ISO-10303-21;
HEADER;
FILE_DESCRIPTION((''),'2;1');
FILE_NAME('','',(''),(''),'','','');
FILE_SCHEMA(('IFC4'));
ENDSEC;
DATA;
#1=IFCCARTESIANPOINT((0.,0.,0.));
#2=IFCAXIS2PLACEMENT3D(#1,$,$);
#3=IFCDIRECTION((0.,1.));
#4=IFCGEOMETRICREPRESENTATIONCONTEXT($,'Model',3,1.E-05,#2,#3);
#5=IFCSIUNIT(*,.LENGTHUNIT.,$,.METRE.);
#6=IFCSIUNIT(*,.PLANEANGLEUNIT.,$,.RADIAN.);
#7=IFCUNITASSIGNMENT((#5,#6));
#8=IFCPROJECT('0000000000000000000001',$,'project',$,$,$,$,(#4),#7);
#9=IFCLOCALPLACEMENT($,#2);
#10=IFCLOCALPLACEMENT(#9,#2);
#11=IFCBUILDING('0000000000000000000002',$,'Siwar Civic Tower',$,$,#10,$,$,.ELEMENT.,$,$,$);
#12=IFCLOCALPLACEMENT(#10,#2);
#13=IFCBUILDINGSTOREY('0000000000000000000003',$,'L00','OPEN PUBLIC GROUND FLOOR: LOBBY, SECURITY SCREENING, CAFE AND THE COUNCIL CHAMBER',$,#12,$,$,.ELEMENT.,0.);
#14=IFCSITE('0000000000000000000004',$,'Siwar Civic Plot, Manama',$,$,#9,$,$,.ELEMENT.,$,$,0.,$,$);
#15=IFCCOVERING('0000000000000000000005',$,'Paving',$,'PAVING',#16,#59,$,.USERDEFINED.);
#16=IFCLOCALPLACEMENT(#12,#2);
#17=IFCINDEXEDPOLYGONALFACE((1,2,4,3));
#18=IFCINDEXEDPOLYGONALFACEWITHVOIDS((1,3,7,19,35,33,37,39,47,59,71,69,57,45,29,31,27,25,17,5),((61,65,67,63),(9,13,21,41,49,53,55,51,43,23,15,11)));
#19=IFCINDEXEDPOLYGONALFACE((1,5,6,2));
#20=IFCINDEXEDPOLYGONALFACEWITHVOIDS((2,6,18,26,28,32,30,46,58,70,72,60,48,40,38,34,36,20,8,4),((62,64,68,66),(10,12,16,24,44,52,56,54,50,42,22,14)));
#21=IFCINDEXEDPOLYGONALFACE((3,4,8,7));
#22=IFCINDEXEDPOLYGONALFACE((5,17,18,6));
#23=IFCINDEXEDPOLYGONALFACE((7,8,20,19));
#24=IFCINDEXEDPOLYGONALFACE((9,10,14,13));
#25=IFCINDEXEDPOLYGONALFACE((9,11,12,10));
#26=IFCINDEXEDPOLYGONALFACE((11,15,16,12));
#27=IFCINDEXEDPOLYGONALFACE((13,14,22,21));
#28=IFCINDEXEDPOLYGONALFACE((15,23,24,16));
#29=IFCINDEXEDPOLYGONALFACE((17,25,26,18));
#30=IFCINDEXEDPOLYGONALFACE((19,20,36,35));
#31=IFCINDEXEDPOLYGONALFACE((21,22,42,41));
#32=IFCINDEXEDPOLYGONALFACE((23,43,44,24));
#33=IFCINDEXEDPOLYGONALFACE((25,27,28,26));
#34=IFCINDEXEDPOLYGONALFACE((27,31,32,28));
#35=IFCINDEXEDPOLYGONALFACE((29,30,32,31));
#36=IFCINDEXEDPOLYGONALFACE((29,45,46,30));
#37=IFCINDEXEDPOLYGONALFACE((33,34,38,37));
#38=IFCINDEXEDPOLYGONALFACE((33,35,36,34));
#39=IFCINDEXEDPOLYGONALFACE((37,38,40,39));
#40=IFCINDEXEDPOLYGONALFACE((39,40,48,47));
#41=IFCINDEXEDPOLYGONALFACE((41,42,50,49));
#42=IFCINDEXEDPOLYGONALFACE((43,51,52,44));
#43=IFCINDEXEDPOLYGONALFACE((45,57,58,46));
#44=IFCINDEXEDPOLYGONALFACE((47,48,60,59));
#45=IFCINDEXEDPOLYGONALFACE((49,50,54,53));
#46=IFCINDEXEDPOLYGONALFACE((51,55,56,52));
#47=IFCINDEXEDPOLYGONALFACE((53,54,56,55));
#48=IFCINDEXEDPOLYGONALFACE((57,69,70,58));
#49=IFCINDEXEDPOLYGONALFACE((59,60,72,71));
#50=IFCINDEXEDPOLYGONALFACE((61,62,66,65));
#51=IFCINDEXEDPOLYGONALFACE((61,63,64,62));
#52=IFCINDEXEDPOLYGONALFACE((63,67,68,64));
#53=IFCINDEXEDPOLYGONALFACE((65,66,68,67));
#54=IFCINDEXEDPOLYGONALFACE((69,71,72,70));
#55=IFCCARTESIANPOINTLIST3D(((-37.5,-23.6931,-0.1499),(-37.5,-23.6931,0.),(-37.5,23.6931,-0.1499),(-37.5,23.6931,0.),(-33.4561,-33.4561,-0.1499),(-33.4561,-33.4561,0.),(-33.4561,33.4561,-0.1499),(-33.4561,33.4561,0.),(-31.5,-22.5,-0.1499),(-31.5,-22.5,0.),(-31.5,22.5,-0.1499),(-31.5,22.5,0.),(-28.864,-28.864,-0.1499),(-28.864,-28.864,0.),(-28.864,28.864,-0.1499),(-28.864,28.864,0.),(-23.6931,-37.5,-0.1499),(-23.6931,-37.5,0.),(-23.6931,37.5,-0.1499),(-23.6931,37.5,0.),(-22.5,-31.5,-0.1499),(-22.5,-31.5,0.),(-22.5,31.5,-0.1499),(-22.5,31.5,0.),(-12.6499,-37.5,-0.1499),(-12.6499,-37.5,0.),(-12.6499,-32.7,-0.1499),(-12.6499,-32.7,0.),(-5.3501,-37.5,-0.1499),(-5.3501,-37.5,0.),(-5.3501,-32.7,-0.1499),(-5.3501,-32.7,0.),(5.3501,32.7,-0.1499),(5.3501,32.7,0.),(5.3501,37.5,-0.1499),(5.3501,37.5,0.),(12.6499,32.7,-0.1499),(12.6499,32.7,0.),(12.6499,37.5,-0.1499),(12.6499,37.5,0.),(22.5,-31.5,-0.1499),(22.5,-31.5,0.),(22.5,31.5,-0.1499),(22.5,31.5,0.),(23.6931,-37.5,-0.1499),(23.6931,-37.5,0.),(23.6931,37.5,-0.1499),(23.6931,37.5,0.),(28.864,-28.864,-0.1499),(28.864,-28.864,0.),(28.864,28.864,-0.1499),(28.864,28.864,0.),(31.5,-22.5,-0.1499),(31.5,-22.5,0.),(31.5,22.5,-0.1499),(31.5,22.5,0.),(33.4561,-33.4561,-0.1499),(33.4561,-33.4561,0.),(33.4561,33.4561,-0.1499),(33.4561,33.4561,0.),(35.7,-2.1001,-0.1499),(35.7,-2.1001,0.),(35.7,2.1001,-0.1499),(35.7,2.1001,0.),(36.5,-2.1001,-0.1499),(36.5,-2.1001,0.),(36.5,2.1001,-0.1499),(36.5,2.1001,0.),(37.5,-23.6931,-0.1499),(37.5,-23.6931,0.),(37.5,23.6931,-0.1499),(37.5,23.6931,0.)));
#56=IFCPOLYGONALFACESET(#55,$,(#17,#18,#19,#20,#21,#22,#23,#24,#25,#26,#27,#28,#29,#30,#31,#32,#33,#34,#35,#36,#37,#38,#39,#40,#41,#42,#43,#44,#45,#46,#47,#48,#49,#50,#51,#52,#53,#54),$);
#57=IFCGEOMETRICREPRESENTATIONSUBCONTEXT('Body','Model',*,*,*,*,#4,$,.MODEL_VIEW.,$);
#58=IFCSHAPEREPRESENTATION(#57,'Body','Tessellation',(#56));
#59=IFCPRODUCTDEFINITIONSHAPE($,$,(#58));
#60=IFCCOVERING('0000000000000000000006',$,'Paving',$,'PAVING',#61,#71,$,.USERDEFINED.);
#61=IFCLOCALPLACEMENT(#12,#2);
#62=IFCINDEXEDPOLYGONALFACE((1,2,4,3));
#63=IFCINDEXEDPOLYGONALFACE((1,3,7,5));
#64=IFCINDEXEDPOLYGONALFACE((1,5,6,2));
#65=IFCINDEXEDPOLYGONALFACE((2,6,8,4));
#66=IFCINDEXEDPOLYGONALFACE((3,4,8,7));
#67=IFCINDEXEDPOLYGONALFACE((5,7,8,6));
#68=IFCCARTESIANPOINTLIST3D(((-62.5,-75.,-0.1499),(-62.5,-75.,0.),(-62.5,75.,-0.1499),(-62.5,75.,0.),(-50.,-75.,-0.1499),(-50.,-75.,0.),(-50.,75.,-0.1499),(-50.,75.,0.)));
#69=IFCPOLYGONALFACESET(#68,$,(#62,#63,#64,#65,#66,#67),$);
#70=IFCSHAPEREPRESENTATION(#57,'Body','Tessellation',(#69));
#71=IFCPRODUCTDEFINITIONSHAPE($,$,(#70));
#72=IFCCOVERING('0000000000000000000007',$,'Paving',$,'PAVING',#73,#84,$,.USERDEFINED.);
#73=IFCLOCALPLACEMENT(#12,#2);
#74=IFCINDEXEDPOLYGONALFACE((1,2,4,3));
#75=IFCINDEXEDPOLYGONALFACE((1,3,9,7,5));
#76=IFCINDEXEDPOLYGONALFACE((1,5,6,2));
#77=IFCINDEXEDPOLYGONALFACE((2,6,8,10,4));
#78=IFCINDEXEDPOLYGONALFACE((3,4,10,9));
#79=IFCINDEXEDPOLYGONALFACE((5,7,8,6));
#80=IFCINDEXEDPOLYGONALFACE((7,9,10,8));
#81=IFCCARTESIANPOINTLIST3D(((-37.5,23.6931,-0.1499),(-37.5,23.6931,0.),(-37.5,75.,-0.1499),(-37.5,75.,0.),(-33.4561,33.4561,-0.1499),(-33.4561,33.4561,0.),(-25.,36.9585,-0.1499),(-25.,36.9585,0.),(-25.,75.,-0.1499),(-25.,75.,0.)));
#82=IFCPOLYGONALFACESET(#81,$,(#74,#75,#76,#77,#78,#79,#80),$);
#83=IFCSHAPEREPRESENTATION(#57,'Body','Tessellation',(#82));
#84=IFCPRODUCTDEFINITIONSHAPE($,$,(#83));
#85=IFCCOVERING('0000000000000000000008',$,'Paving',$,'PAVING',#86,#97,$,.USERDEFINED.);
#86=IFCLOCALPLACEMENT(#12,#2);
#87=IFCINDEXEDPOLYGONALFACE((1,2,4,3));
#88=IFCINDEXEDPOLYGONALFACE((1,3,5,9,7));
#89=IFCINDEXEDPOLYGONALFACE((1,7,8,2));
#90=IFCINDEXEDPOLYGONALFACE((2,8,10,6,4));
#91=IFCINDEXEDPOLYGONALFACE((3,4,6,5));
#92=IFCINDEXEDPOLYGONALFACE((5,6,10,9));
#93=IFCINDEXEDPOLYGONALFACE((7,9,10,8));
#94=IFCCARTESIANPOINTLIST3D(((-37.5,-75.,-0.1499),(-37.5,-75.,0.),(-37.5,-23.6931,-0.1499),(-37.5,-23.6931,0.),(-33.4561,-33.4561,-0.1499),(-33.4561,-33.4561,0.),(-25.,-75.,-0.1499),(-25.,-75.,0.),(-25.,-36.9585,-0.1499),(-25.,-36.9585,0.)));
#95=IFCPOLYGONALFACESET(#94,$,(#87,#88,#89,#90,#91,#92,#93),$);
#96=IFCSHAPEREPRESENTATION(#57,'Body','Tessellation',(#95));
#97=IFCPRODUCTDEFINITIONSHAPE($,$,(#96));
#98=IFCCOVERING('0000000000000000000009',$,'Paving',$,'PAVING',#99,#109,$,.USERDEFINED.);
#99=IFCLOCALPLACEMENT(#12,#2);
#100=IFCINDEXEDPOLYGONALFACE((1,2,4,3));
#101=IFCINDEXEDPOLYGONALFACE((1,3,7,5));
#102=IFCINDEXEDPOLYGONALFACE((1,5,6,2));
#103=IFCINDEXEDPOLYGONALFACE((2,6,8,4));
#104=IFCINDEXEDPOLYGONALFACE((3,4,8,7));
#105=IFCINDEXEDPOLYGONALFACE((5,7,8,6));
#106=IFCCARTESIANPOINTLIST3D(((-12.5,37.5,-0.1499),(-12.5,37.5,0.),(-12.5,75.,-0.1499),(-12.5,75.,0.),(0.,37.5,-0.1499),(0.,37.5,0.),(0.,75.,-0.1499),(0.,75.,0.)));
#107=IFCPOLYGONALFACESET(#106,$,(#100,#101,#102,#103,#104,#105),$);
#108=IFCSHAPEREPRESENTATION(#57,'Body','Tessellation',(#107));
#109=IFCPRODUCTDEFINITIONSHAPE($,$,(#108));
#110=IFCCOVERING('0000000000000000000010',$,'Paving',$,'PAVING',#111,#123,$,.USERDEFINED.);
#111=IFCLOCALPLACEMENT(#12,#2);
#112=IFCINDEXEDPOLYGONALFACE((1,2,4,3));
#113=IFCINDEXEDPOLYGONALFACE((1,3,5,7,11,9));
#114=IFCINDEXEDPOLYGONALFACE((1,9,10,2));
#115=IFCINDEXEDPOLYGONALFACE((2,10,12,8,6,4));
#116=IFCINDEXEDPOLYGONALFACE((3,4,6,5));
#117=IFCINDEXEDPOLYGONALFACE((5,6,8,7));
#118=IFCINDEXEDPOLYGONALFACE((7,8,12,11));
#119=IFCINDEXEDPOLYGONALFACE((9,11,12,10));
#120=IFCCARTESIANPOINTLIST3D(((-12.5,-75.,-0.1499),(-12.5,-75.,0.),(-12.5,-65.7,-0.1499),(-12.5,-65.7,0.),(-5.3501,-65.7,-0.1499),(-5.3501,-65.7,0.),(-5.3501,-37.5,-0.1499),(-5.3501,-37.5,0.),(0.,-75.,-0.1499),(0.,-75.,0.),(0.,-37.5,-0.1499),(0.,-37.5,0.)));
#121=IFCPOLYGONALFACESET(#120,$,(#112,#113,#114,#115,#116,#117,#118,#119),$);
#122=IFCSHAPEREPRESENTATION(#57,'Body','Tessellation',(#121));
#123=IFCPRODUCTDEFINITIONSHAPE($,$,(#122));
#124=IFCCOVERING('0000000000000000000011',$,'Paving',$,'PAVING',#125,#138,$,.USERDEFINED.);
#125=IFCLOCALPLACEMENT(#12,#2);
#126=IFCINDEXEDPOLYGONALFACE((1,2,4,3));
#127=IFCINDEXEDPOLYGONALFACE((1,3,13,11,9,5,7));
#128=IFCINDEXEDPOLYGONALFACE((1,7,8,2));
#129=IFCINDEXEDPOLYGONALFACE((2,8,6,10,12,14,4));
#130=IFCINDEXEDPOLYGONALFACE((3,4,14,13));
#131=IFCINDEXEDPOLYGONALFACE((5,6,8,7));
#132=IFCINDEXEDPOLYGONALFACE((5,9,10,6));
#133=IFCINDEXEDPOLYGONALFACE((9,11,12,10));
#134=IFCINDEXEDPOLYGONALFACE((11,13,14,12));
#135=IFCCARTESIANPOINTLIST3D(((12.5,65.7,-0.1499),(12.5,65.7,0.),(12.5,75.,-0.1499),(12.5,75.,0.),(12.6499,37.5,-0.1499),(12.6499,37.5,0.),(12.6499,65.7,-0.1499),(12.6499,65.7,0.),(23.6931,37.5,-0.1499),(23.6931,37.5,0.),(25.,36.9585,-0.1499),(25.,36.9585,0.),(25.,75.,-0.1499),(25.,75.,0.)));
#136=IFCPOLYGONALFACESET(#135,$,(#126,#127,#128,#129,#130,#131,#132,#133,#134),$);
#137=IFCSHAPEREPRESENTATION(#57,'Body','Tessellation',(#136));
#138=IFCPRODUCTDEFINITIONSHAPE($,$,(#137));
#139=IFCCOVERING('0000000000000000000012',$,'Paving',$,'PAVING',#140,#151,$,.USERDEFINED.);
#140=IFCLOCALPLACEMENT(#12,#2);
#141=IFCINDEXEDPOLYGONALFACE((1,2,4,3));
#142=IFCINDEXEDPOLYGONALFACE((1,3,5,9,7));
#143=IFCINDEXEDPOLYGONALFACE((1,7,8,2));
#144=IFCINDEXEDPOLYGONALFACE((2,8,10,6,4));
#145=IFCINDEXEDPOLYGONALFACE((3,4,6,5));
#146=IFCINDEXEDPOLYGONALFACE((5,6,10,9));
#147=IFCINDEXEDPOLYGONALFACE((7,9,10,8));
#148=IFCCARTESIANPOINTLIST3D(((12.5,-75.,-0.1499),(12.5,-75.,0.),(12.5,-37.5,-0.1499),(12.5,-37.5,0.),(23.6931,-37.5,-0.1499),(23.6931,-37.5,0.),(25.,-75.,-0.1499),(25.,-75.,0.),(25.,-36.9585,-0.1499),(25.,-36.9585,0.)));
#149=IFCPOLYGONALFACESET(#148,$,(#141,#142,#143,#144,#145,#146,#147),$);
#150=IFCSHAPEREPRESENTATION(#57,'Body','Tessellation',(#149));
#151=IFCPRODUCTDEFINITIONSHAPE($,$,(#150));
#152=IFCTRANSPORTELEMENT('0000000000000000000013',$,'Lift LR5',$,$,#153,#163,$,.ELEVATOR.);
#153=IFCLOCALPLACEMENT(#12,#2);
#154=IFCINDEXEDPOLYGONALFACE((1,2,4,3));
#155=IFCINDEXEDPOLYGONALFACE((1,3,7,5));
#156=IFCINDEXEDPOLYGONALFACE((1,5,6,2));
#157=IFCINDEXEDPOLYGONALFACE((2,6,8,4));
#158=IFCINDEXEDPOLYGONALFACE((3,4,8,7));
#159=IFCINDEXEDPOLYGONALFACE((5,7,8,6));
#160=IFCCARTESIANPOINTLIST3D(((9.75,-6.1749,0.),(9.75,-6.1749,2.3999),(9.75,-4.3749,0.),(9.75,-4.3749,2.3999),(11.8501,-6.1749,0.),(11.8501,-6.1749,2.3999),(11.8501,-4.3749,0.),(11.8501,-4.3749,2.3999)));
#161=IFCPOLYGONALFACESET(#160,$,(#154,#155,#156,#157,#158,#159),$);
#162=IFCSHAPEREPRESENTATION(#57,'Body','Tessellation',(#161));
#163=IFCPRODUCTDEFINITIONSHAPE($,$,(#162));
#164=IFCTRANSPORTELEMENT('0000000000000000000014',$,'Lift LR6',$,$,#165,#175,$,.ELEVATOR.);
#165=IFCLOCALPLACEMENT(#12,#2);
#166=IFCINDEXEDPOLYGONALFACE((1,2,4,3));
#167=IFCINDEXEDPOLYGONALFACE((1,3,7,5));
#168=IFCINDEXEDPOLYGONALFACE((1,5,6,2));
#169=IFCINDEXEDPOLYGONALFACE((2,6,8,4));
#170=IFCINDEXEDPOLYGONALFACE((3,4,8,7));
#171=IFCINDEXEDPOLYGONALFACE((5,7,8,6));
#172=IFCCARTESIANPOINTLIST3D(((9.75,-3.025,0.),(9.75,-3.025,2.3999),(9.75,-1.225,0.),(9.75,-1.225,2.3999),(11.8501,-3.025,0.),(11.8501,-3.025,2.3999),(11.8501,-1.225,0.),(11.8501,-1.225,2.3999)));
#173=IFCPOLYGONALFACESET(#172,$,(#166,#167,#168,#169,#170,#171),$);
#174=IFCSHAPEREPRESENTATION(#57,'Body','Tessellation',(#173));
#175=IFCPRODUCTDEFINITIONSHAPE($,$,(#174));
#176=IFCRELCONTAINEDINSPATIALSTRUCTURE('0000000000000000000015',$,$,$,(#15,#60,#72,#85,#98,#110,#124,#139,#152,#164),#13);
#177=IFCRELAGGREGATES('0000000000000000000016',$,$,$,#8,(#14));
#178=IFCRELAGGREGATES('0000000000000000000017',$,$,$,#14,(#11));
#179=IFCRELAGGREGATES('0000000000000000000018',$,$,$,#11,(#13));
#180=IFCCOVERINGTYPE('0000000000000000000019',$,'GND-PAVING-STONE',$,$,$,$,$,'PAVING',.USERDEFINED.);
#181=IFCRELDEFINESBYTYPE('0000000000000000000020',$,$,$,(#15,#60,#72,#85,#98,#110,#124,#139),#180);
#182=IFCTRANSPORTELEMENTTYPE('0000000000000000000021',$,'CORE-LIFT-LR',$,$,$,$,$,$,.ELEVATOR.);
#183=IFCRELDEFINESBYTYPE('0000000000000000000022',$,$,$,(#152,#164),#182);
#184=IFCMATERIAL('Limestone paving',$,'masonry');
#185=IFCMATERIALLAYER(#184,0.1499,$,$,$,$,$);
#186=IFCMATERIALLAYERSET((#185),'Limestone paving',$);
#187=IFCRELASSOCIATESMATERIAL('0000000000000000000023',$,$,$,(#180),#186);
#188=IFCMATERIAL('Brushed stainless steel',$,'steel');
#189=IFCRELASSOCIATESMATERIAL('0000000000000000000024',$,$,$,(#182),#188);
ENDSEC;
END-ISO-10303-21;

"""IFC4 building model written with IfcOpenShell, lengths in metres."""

from ifc_helpers import new_model, si_unit, direction, frame, origin, origin_2d, place, context, subcontext, project, spatial, polyline, rectangle, outline, extrude, material, layer, layer_set, type_object, element, save


model = new_model("IFC4")

# Units and contexts
model_context = context("Model", 3, precision=1e-05, world=origin(), true_north=direction((0.0, 1.0)))
body_context = subcontext(model_context, "Body", "Model", "MODEL_VIEW")
ifc_project = project(units=[si_unit("LENGTHUNIT", "METRE"), si_unit("PLANEANGLEUNIT", "RADIAN")], contexts=[model_context])

# Site, building, storey
site_placement = place(None, origin())
site = spatial("IfcSite", under=ifc_project, at=site_placement, Name="Siwar Civic Plot, Manama", CompositionType="ELEMENT", RefElevation=0.0)
building_placement = place(site_placement, origin())
building = spatial("IfcBuilding", under=site, at=building_placement, Name="Siwar Civic Tower", CompositionType="ELEMENT")
storey_placement = place(building_placement, origin())
storey = spatial("IfcBuildingStorey", under=building, at=storey_placement, Name="L00", Description="OPEN PUBLIC GROUND FLOOR: LOBBY, SECURITY SCREENING, CAFE AND THE COUNCIL CHAMBER", CompositionType="ELEMENT", Elevation=0.0)

# Coverings
ifc_material_1 = material(Name="Limestone paving", Category="masonry")
ifc_layer_1 = layer(ifc_material_1, 0.1499)
ifc_layer_set_1 = layer_set([ifc_layer_1], Name="Limestone paving")
covering_type_1 = type_object("IfcCoveringType", Name="GND-PAVING-STONE", ElementType="PAVING", PredefinedType="USERDEFINED", material=ifc_layer_set_1)
covering_1_placement = place(storey_placement, frame((0.0, 0.0, -0.1499)))
element("IfcCovering", 1, at=covering_1_placement, inside=storey, type_object=covering_type_1, Name="Paving", ObjectType="PAVING", PredefinedType="USERDEFINED", context=body_context, shape_type="SweptSolid", body=[
    extrude(outline(polyline([(-37.5, 23.6931), (-33.4561, 33.4561), (-23.6931, 37.5), (5.3501, 37.5), (5.3501, 32.7), (12.6499, 32.7), (12.6499, 37.5), (23.6931, 37.5), (33.4561, 33.4561), (37.5, 23.6931), (37.5, -23.6931), (33.4561, -33.4561), (23.6931, -37.5), (-5.3501, -37.5), (-5.3501, -32.7), (-12.6499, -32.7), (-12.6499, -37.5), (-23.6931, -37.5), (-33.4561, -33.4561), (-37.5, -23.6931), (-37.5, 23.6931)]), holes=[polyline([(-28.864, -28.864), (-22.5, -31.5), (22.5, -31.5), (28.864, -28.864), (31.5, -22.5), (31.5, 22.5), (28.864, 28.864), (22.5, 31.5), (-22.5, 31.5), (-28.864, 28.864), (-31.5, 22.5), (-31.5, -22.5), (-28.864, -28.864)]), polyline([(35.7, 2.1001), (35.7, -2.1001), (36.5, -2.1001), (36.5, 2.1001), (35.7, 2.1001)])]), origin(), (0.0, 0.0, 1.0), 0.1499),
])
covering_2_placement = place(storey_placement, frame((0.0, 0.0, -0.1499)))
element("IfcCovering", 2, at=covering_2_placement, inside=storey, type_object=covering_type_1, Name="Paving", ObjectType="PAVING", PredefinedType="USERDEFINED", context=body_context, shape_type="SweptSolid", body=[
    extrude(outline(polyline([(-50.0, 75.0), (-50.0, -75.0), (-62.5, -75.0), (-62.5, 75.0), (-50.0, 75.0)])), origin(), (0.0, 0.0, 1.0), 0.1499),
])
covering_3_placement = place(storey_placement, frame((0.0, 0.0, -0.1499)))
element("IfcCovering", 3, at=covering_3_placement, inside=storey, type_object=covering_type_1, Name="Paving", ObjectType="PAVING", PredefinedType="USERDEFINED", context=body_context, shape_type="SweptSolid", body=[
    extrude(outline(polyline([(-25.0, 75.0), (-25.0, 36.9585), (-33.4561, 33.4561), (-37.5, 23.6931), (-37.5, 75.0), (-25.0, 75.0)])), origin(), (0.0, 0.0, 1.0), 0.1499),
])
covering_4_placement = place(storey_placement, frame((0.0, 0.0, -0.1499)))
element("IfcCovering", 4, at=covering_4_placement, inside=storey, type_object=covering_type_1, Name="Paving", ObjectType="PAVING", PredefinedType="USERDEFINED", context=body_context, shape_type="SweptSolid", body=[
    extrude(outline(polyline([(-37.5, -75.0), (-37.5, -23.6931), (-33.4561, -33.4561), (-25.0, -36.9585), (-25.0, -75.0), (-37.5, -75.0)])), origin(), (0.0, 0.0, 1.0), 0.1499),
])
covering_5_placement = place(storey_placement, frame((0.0, 0.0, -0.1499)))
element("IfcCovering", 5, at=covering_5_placement, inside=storey, type_object=covering_type_1, Name="Paving", ObjectType="PAVING", PredefinedType="USERDEFINED", context=body_context, shape_type="SweptSolid", body=[
    extrude(outline(polyline([(0.0, 75.0), (0.0, 37.5), (-12.5, 37.5), (-12.5, 75.0), (0.0, 75.0)])), origin(), (0.0, 0.0, 1.0), 0.1499),
])
covering_6_placement = place(storey_placement, frame((0.0, 0.0, -0.1499)))
element("IfcCovering", 6, at=covering_6_placement, inside=storey, type_object=covering_type_1, Name="Paving", ObjectType="PAVING", PredefinedType="USERDEFINED", context=body_context, shape_type="SweptSolid", body=[
    extrude(outline(polyline([(-12.5, -75.0), (-12.5, -65.7), (-5.3501, -65.7), (-5.3501, -37.5), (0.0, -37.5), (0.0, -75.0), (-12.5, -75.0)])), origin(), (0.0, 0.0, 1.0), 0.1499),
])
covering_7_placement = place(storey_placement, frame((0.0, 0.0, -0.1499)))
element("IfcCovering", 7, at=covering_7_placement, inside=storey, type_object=covering_type_1, Name="Paving", ObjectType="PAVING", PredefinedType="USERDEFINED", context=body_context, shape_type="SweptSolid", body=[
    extrude(outline(polyline([(25.0, 75.0), (25.0, 36.9585), (23.6931, 37.5), (12.6499, 37.5), (12.6499, 65.7), (12.5, 65.7), (12.5, 75.0), (25.0, 75.0)])), origin(), (0.0, 0.0, 1.0), 0.1499),
])
covering_8_placement = place(storey_placement, frame((0.0, 0.0, -0.1499)))
element("IfcCovering", 8, at=covering_8_placement, inside=storey, type_object=covering_type_1, Name="Paving", ObjectType="PAVING", PredefinedType="USERDEFINED", context=body_context, shape_type="SweptSolid", body=[
    extrude(outline(polyline([(12.5, -75.0), (12.5, -37.5), (23.6931, -37.5), (25.0, -36.9585), (25.0, -75.0), (12.5, -75.0)])), origin(), (0.0, 0.0, 1.0), 0.1499),
])

# Transport elements
ifc_material_2 = material(Name="Brushed stainless steel", Category="steel")
transport_element_type = type_object("IfcTransportElementType", Name="CORE-LIFT-LR", PredefinedType="ELEVATOR", material=ifc_material_2)
for number, where, z_axis, x_axis, name in (
    (9, (10.8, -5.2749, 0.0), (0.0, 0.0, 1.0), (1.0, 0.0, 0.0), "Lift LR5"),
    (10, (10.8, -2.125, 0.0), (0.0, 0.0, 1.0), (1.0, 0.0, 0.0), "Lift LR6"),
):
    element("IfcTransportElement", number, at=place(storey_placement, frame(where, z_axis=z_axis, x_axis=x_axis)), inside=storey, type_object=transport_element_type, Name=name, PredefinedType="ELEVATOR", context=body_context, shape_type="SweptSolid", body=[
        extrude(rectangle(XDim=2.1001, YDim=1.8, at=origin_2d()), origin(), (0.0, 0.0, 1.0), 2.3999),
    ])

save(model, "model.ifc")
